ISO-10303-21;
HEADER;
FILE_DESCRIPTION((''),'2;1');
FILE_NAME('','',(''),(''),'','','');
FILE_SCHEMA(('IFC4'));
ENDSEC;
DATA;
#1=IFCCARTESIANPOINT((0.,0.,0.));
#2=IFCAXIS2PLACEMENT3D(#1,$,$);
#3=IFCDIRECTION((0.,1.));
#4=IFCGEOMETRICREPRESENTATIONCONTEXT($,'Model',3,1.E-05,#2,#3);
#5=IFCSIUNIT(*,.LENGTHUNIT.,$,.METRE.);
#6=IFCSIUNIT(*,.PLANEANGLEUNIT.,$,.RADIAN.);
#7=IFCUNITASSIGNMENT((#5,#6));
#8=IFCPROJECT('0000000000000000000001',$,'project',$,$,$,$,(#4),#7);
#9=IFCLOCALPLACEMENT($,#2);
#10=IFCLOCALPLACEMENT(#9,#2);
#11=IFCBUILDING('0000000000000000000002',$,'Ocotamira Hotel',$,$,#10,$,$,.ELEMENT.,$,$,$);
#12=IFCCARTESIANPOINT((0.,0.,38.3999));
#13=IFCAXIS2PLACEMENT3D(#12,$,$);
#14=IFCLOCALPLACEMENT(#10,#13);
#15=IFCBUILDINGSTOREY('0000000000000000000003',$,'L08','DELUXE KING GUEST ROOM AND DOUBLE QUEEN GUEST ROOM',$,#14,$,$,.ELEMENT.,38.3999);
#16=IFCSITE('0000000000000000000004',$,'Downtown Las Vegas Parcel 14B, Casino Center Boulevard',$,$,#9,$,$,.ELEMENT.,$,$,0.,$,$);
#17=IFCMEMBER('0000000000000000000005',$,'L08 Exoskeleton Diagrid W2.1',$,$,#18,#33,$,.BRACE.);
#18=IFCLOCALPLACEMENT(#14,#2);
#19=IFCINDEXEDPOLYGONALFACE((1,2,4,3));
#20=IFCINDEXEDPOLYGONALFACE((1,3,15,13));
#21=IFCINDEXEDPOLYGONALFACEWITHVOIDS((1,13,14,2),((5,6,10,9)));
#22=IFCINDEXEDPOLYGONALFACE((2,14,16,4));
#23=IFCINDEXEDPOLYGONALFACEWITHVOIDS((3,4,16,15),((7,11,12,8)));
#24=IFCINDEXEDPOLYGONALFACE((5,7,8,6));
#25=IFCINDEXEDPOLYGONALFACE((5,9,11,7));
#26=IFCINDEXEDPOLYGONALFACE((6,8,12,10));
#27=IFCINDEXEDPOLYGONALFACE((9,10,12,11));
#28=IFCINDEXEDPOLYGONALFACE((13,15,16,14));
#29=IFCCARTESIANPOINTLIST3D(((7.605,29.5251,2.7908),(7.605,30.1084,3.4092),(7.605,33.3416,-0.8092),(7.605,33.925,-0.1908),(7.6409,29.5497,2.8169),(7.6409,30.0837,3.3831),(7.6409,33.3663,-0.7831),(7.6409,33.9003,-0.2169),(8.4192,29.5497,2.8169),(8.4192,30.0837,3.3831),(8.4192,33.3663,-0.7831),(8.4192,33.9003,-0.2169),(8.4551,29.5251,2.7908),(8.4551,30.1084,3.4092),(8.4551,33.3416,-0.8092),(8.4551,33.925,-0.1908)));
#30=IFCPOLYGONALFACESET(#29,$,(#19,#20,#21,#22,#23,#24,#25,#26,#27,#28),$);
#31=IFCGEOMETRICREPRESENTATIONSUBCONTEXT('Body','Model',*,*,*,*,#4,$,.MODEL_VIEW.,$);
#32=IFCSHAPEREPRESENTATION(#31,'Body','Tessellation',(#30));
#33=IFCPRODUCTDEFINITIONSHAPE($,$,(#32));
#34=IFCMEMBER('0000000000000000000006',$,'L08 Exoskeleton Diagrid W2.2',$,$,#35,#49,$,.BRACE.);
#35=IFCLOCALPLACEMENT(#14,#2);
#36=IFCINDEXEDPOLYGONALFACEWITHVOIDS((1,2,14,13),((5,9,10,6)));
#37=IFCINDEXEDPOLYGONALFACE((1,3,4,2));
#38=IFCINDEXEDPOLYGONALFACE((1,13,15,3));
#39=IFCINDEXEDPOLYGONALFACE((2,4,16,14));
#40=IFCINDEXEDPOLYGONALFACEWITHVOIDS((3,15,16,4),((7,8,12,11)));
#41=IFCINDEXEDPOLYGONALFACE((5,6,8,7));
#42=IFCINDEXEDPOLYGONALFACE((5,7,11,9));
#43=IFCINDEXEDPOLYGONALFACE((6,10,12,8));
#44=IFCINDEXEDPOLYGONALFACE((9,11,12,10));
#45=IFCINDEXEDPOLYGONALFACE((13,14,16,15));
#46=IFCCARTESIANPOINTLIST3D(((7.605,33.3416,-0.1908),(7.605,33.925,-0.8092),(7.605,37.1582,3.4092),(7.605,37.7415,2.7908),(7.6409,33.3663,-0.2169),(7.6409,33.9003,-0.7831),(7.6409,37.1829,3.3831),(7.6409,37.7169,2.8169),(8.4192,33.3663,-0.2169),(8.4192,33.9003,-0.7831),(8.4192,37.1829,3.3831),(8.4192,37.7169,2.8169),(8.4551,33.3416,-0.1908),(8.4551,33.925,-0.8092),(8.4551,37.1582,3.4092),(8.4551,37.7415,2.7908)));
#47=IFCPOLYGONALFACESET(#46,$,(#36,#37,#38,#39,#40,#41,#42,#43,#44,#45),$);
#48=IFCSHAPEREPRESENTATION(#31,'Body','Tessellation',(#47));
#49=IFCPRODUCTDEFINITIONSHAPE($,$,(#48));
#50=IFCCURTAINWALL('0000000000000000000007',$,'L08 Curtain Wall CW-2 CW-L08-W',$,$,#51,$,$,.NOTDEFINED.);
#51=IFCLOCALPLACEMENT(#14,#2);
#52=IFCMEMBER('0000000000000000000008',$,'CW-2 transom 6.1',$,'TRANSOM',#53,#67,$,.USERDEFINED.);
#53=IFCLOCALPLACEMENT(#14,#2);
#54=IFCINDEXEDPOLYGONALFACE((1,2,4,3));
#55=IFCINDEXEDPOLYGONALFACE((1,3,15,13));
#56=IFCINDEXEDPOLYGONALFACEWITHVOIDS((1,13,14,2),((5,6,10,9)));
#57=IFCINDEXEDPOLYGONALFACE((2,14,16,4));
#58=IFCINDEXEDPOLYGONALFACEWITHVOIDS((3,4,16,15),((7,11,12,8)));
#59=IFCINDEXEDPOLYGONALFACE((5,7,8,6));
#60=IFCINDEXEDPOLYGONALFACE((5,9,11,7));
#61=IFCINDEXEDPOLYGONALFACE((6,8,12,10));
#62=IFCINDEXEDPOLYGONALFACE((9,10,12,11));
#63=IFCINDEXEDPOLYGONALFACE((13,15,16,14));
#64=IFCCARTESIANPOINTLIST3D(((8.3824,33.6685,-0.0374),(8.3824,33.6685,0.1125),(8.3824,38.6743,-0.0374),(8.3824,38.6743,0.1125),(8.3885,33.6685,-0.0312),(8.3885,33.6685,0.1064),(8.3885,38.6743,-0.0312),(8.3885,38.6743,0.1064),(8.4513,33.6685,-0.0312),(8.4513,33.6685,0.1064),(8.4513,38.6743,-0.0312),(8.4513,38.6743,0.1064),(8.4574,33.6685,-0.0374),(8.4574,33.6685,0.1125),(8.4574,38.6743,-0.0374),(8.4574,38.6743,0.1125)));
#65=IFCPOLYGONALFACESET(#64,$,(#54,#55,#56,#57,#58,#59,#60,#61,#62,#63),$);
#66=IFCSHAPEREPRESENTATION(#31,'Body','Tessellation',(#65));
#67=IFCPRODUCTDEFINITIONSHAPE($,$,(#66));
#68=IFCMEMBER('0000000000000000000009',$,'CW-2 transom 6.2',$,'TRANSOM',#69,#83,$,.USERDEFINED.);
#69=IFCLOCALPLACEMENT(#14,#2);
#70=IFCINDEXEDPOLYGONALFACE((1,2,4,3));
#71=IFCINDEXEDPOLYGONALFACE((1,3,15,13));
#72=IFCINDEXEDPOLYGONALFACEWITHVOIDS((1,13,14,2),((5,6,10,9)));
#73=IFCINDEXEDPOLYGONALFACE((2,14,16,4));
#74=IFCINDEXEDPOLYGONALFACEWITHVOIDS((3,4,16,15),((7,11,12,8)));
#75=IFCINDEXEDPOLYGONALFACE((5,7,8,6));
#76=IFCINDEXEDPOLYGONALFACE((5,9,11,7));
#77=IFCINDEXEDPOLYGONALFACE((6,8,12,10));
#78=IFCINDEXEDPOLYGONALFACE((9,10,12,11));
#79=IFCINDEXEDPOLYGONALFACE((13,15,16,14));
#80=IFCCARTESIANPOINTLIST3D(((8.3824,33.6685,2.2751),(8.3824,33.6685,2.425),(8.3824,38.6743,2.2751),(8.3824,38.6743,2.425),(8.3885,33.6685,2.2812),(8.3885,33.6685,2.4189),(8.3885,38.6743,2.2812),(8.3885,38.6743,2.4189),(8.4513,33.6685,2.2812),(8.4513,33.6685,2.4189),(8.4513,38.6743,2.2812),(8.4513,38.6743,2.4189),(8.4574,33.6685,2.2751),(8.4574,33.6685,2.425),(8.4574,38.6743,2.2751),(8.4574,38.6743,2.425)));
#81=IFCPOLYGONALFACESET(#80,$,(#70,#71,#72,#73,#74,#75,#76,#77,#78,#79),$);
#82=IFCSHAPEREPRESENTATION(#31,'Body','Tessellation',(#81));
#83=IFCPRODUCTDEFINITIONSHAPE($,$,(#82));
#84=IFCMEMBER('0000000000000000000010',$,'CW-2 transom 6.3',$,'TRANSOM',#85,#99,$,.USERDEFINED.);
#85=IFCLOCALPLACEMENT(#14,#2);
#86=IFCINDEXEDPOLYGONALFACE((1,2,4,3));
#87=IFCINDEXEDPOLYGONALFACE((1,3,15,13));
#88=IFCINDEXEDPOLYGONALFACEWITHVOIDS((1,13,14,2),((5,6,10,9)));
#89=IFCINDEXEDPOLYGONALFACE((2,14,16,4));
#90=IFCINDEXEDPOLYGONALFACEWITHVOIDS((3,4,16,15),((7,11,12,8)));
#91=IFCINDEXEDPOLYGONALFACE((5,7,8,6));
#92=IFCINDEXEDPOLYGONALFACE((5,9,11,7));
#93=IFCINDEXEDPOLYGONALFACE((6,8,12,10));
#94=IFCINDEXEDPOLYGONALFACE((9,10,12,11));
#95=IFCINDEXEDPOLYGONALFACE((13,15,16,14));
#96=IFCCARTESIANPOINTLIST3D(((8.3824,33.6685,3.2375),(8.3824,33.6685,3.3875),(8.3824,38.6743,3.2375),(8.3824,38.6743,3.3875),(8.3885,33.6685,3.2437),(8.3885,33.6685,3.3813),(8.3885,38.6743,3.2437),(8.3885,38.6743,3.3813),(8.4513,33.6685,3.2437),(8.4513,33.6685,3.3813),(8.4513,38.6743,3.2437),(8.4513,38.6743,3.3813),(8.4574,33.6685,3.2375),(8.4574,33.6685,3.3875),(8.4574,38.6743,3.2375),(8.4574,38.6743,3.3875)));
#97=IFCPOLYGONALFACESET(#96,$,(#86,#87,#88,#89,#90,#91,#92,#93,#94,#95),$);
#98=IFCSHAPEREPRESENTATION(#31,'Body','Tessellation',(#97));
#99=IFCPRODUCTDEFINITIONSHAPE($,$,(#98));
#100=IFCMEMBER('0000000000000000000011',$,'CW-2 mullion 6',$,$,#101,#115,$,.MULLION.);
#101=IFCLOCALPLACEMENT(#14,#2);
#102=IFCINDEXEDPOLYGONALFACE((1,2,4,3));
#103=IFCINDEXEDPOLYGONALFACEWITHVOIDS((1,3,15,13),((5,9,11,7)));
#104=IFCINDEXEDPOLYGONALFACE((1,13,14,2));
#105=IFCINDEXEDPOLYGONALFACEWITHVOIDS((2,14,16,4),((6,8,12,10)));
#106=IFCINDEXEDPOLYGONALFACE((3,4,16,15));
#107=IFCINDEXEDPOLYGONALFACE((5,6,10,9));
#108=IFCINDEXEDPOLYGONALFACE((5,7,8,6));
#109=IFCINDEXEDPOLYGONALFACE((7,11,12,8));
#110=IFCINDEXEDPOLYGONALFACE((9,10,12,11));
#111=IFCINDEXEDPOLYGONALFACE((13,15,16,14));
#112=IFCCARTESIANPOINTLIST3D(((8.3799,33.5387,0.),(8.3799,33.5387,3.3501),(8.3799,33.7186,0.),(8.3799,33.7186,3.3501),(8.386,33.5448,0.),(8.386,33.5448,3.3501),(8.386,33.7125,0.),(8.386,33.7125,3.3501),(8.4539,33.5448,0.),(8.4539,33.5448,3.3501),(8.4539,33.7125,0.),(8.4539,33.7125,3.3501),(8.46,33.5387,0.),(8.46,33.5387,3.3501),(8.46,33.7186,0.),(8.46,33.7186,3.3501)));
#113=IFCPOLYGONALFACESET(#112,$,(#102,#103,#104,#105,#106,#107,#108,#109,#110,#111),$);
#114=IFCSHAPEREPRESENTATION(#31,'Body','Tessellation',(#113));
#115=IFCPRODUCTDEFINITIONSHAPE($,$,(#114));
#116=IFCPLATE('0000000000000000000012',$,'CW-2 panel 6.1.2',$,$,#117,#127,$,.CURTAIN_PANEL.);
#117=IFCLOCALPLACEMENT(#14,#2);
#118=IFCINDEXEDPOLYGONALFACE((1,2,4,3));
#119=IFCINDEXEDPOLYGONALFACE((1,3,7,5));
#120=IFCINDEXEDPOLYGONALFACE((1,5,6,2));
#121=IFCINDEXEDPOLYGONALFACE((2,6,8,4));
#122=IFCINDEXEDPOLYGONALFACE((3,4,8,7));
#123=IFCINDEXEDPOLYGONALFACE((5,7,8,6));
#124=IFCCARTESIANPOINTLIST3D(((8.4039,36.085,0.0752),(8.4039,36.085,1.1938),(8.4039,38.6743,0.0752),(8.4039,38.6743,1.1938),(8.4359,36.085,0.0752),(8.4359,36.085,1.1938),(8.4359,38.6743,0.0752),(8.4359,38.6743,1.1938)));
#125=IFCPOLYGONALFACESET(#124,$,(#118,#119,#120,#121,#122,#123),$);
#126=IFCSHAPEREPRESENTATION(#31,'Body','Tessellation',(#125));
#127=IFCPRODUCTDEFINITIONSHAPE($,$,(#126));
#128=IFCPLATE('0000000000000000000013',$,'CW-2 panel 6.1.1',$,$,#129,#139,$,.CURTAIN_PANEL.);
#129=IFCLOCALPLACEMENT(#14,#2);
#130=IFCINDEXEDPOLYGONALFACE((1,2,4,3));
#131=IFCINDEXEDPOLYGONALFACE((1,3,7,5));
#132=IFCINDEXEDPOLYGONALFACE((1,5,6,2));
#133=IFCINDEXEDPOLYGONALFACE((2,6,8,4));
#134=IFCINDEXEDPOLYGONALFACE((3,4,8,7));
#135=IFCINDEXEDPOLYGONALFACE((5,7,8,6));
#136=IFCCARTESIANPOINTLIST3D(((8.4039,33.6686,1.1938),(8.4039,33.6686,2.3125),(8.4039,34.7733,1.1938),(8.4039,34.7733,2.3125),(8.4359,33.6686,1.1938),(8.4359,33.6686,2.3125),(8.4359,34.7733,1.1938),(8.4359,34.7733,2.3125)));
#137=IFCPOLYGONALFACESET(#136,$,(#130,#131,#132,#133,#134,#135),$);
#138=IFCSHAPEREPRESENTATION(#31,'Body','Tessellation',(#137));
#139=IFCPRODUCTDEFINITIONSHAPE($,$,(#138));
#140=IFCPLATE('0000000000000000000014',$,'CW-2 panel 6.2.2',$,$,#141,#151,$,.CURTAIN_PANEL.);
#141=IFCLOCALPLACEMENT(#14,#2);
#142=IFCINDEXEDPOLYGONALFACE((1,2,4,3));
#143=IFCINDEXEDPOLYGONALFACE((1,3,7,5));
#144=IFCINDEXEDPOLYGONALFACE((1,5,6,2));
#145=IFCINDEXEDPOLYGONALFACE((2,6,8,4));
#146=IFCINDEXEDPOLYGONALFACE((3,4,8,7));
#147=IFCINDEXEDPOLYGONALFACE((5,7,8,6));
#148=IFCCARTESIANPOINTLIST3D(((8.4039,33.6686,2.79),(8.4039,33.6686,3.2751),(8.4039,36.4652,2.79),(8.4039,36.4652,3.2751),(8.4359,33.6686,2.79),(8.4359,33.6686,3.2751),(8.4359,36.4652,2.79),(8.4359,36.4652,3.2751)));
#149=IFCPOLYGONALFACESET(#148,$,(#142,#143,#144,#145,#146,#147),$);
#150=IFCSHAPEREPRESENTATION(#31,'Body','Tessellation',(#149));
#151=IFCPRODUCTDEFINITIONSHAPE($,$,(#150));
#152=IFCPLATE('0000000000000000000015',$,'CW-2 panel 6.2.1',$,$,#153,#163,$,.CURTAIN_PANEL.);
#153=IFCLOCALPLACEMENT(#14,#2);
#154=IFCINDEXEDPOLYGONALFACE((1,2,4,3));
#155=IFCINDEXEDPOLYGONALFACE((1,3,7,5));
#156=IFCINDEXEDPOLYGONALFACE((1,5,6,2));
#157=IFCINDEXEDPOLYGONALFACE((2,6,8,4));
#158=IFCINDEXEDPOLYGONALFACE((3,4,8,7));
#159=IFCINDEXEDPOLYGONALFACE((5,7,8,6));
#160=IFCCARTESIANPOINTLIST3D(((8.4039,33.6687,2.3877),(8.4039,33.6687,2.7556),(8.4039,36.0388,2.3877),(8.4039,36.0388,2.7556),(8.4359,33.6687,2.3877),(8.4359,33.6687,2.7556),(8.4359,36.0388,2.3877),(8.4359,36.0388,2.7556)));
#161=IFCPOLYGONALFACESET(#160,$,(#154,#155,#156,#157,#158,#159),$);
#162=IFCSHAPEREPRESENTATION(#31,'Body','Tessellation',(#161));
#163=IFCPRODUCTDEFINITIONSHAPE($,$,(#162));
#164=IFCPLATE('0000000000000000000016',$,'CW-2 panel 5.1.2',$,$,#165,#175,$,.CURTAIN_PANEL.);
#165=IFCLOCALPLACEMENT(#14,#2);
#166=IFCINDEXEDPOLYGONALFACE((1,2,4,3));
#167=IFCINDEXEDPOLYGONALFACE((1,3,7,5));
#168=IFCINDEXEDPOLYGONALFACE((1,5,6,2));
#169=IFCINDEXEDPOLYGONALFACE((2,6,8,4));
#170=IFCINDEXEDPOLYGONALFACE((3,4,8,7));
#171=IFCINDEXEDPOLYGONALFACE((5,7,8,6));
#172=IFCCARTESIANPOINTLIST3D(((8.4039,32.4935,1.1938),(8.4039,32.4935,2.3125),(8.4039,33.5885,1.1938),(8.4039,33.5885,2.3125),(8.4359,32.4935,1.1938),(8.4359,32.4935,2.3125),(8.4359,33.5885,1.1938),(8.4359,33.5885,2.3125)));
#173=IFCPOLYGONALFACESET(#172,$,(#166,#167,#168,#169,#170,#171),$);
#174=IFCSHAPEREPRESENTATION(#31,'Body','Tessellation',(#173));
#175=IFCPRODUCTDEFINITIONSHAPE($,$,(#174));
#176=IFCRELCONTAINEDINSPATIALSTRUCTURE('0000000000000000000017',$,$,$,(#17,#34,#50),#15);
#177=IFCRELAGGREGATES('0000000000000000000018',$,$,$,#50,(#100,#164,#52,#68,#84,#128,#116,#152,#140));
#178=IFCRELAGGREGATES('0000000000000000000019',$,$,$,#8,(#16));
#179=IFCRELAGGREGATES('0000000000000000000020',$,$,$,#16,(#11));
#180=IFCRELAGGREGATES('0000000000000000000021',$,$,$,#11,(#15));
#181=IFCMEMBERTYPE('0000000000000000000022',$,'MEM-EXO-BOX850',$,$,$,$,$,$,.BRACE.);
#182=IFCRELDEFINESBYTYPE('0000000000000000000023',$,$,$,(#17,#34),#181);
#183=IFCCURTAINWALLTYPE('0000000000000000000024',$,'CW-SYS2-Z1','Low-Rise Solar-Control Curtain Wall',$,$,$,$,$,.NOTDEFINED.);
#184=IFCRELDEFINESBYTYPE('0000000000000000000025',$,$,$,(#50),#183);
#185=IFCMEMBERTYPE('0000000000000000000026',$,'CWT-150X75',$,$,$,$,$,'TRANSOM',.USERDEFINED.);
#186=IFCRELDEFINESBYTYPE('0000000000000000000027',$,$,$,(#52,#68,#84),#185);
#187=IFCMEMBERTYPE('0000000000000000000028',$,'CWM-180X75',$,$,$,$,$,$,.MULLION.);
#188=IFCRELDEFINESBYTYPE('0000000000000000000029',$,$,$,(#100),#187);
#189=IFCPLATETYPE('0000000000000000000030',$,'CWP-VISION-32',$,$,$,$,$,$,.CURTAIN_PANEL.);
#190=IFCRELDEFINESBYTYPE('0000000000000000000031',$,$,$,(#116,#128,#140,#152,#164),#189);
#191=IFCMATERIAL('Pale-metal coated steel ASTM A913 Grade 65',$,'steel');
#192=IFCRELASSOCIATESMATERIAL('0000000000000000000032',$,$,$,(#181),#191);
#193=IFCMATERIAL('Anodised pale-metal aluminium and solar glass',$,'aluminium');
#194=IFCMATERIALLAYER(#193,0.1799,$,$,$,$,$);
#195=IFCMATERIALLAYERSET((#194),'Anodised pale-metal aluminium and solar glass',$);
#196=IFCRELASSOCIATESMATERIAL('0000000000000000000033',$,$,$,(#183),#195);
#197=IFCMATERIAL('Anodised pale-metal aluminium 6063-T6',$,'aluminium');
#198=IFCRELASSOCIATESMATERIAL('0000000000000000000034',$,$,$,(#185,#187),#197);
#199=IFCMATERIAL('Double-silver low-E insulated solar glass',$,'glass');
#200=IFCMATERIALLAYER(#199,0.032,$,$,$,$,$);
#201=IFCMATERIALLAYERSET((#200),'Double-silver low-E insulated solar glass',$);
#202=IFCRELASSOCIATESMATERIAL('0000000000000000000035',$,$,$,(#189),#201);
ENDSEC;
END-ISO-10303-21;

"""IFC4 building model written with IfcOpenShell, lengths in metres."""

from ifc_helpers import new_model, si_unit, direction, frame, origin, origin_2d, place, context, subcontext, project, spatial, rectangle, hollow_rectangle, extrude, source, transform, mapped, material, layer, layer_set, material_profile, profile_set, type_object, element, aggregate, save


model = new_model("IFC4")

# Units and contexts
model_context = context("Model", 3, precision=1e-05, world=origin(), true_north=direction((0.0, 1.0)))
body_context = subcontext(model_context, "Body", "Model", "MODEL_VIEW")
ifc_project = project(units=[si_unit("LENGTHUNIT", "METRE"), si_unit("PLANEANGLEUNIT", "RADIAN")], contexts=[model_context])

# Site, building, storey
site_placement = place(None, origin())
site = spatial("IfcSite", under=ifc_project, at=site_placement, Name="Downtown Las Vegas Parcel 14B, Casino Center Boulevard", CompositionType="ELEMENT", RefElevation=0.0)
building_placement = place(site_placement, origin())
building = spatial("IfcBuilding", under=site, at=building_placement, Name="Ocotamira Hotel", CompositionType="ELEMENT")
storey_placement = place(building_placement, frame((0.0, 0.0, 38.3999)))
storey = spatial("IfcBuildingStorey", under=building, at=storey_placement, Name="L08", Description="DELUXE KING GUEST ROOM AND DOUBLE QUEEN GUEST ROOM", CompositionType="ELEMENT", Elevation=38.3999)

# Members
ifc_material_1 = material(Name="Pale-metal coated steel ASTM A913 Grade 65", Category="steel")
ifc_material_profile_1 = material_profile(ifc_material_1, hollow_rectangle(XDim=0.8501, YDim=0.8501, WallThickness=0.0359, at=origin_2d()), Name="BOX850X850X36")
ifc_profile_set_1 = profile_set([ifc_material_profile_1], Name="Pale-metal coated steel ASTM A913 Grade 65")
member_type_1 = type_object("IfcMemberType", Name="MEM-EXO-BOX850", PredefinedType="BRACE", material=ifc_profile_set_1)
shared_shape_1 = source(origin(), body_context, "Body", "SweptSolid", [
    extrude(hollow_rectangle(XDim=0.8501, YDim=0.8501, WallThickness=0.0359, at=origin_2d()), origin(), (0.0, 0.0, 1.0), 5.2466),
])
for number, where, z_axis, x_axis, name in (
    (1, (8.03, 33.6333, -0.5), (0.0, -0.727443, 0.686168), (1.0, 0.0, 0.0), "L08 Exoskeleton Diagrid W2.1"),
    (2, (8.03, 33.6333, -0.5), (0.0, 0.727443, 0.686168), (-1.0, 0.0, 0.0), "L08 Exoskeleton Diagrid W2.2"),
):
    element("IfcMember", number, at=place(storey_placement, frame(where, z_axis=z_axis, x_axis=x_axis)), inside=storey, type_object=member_type_1, Name=name, PredefinedType="BRACE", context=body_context, shape_type="MappedRepresentation", body=[
        mapped(shared_shape_1, transform((0.0, 0.0, 0.0), scale=1.0)),
    ])

# Curtain wall, members, plates
ifc_material_2 = material(Name="Anodised pale-metal aluminium and solar glass", Category="aluminium")
ifc_layer_1 = layer(ifc_material_2, 0.1799)
ifc_layer_set_1 = layer_set([ifc_layer_1], Name="Anodised pale-metal aluminium and solar glass")
curtain_wall_type = type_object("IfcCurtainWallType", Name="CW-SYS2-Z1", Description="Low-Rise Solar-Control Curtain Wall", PredefinedType="NOTDEFINED", material=ifc_layer_set_1)
curtain_wall_placement = place(storey_placement, origin())
curtain_wall = element("IfcCurtainWall", 3, at=curtain_wall_placement, inside=storey, type_object=curtain_wall_type, Name="L08 Curtain Wall CW-2 CW-L08-W", PredefinedType="NOTDEFINED")
ifc_material_3 = material(Name="Anodised pale-metal aluminium 6063-T6", Category="aluminium")
ifc_material_profile_2 = material_profile(ifc_material_3, hollow_rectangle(XDim=0.075, YDim=0.1499, WallThickness=0.0061, at=origin_2d()), Name="HSS150X75X6")
ifc_profile_set_2 = profile_set([ifc_material_profile_2], Name="Anodised pale-metal aluminium 6063-T6")
member_type_2 = type_object("IfcMemberType", Name="CWT-150X75", ElementType="TRANSOM", PredefinedType="USERDEFINED", material=ifc_profile_set_2)
shared_shape_2 = source(origin(), body_context, "Body", "SweptSolid", [
    extrude(hollow_rectangle(XDim=0.075, YDim=0.1499, WallThickness=0.0061, at=origin_2d()), origin(), (0.0, 0.0, 1.0), 5.0059),
])
member_1_placement = place(storey_placement, frame((8.4199, 33.6685, 0.0376), z_axis=(0.0, 1.0, 0.0), x_axis=(-1.0, 0.0, 0.0)))
member_1 = element("IfcMember", 4, at=member_1_placement, type_object=member_type_2, Name="CW-2 transom 6.1", ObjectType="TRANSOM", PredefinedType="USERDEFINED", context=body_context, shape_type="MappedRepresentation", body=[
    mapped(shared_shape_2, transform((0.0, 0.0, 0.0), scale=1.0)),
])
member_2_placement = place(storey_placement, frame((8.4199, 33.6685, 2.3501), z_axis=(0.0, 1.0, 0.0), x_axis=(-1.0, 0.0, 0.0)))
member_2 = element("IfcMember", 5, at=member_2_placement, type_object=member_type_2, Name="CW-2 transom 6.2", ObjectType="TRANSOM", PredefinedType="USERDEFINED", context=body_context, shape_type="MappedRepresentation", body=[
    mapped(shared_shape_2, transform((0.0, 0.0, 0.0), scale=1.0)),
])
member_3_placement = place(storey_placement, frame((8.4199, 33.6685, 3.3125), z_axis=(0.0, 1.0, 0.0), x_axis=(-1.0, 0.0, 0.0)))
member_3 = element("IfcMember", 6, at=member_3_placement, type_object=member_type_2, Name="CW-2 transom 6.3", ObjectType="TRANSOM", PredefinedType="USERDEFINED", context=body_context, shape_type="MappedRepresentation", body=[
    mapped(shared_shape_2, transform((0.0, 0.0, 0.0), scale=1.0)),
])
ifc_material_profile_3 = material_profile(ifc_material_3, hollow_rectangle(XDim=0.0801, YDim=0.1799, WallThickness=0.0061, at=origin_2d()), Name="HSS180X80X6")
ifc_profile_set_3 = profile_set([ifc_material_profile_3], Name="Anodised pale-metal aluminium 6063-T6")
member_type_3 = type_object("IfcMemberType", Name="CWM-180X75", PredefinedType="MULLION", material=ifc_profile_set_3)
shared_shape_3 = source(origin(), body_context, "Body", "SweptSolid", [
    extrude(hollow_rectangle(XDim=0.0801, YDim=0.1799, WallThickness=0.0061, at=origin_2d()), origin(), (0.0, 0.0, 1.0), 3.3501),
])
member_4_placement = place(storey_placement, frame((8.4199, 33.6287, 0.0), z_axis=(0.0, 0.0, 1.0), x_axis=(-1.0, 0.0, 0.0)))
member_4 = element("IfcMember", 7, at=member_4_placement, type_object=member_type_3, Name="CW-2 mullion 6", PredefinedType="MULLION", context=body_context, shape_type="MappedRepresentation", body=[
    mapped(shared_shape_3, transform((0.0, 0.0, 0.0), scale=1.0)),
])
ifc_material_4 = material(Name="Double-silver low-E insulated solar glass", Category="glass")
ifc_layer_2 = layer(ifc_material_4, 0.032)
ifc_layer_set_2 = layer_set([ifc_layer_2], Name="Double-silver low-E insulated solar glass")
plate_type = type_object("IfcPlateType", Name="CWP-VISION-32", PredefinedType="CURTAIN_PANEL", material=ifc_layer_set_2)
shared_shape_4 = source(origin(), body_context, "Body", "SweptSolid", [
    extrude(rectangle(XDim=2.5894, YDim=0.032, at=origin_2d()), origin(), (0.0, 0.0, 1.0), 1.1187),
])
plate_1_placement = place(storey_placement, frame((8.4199, 37.3796, 0.0752), z_axis=(0.0, 0.0, 1.0), x_axis=(0.0, 1.0, 0.0)))
plate_1 = element("IfcPlate", 8, at=plate_1_placement, type_object=plate_type, Name="CW-2 panel 6.1.2", PredefinedType="CURTAIN_PANEL", context=body_context, shape_type="MappedRepresentation", body=[
    mapped(shared_shape_4, transform((0.0, 0.0, 0.0), scale=1.0)),
])
shared_shape_5 = source(origin(), body_context, "Body", "SweptSolid", [
    extrude(rectangle(XDim=1.1047, YDim=0.032, at=origin_2d()), origin(), (0.0, 0.0, 1.0), 1.1187),
])
plate_2_placement = place(storey_placement, frame((8.4199, 34.2209, 1.1938), z_axis=(0.0, 0.0, 1.0), x_axis=(0.0, 1.0, 0.0)))
plate_2 = element("IfcPlate", 9, at=plate_2_placement, type_object=plate_type, Name="CW-2 panel 6.1.1", PredefinedType="CURTAIN_PANEL", context=body_context, shape_type="MappedRepresentation", body=[
    mapped(shared_shape_5, transform((0.0, 0.0, 0.0), scale=1.0)),
])
shared_shape_6 = source(origin(), body_context, "Body", "SweptSolid", [
    extrude(rectangle(XDim=2.7966, YDim=0.032, at=origin_2d()), origin(), (0.0, 0.0, 1.0), 0.4851),
])
plate_3_placement = place(storey_placement, frame((8.4199, 35.0669, 2.79), z_axis=(0.0, 0.0, 1.0), x_axis=(0.0, 1.0, 0.0)))
plate_3 = element("IfcPlate", 10, at=plate_3_placement, type_object=plate_type, Name="CW-2 panel 6.2.2", PredefinedType="CURTAIN_PANEL", context=body_context, shape_type="MappedRepresentation", body=[
    mapped(shared_shape_6, transform((0.0, 0.0, 0.0), scale=1.0)),
])
shared_shape_7 = source(origin(), body_context, "Body", "SweptSolid", [
    extrude(rectangle(XDim=2.3701, YDim=0.032, at=origin_2d()), origin(), (0.0, 0.0, 1.0), 0.3679),
])
plate_4_placement = place(storey_placement, frame((8.4199, 34.8538, 2.3877), z_axis=(0.0, 0.0, 1.0), x_axis=(0.0, 1.0, 0.0)))
plate_4 = element("IfcPlate", 11, at=plate_4_placement, type_object=plate_type, Name="CW-2 panel 6.2.1", PredefinedType="CURTAIN_PANEL", context=body_context, shape_type="MappedRepresentation", body=[
    mapped(shared_shape_7, transform((0.0, 0.0, 0.0), scale=1.0)),
])
shared_shape_8 = source(origin(), body_context, "Body", "SweptSolid", [
    extrude(rectangle(XDim=1.095, YDim=0.032, at=origin_2d()), origin(), (0.0, 0.0, 1.0), 1.1187),
])
plate_5_placement = place(storey_placement, frame((8.4199, 33.041, 1.1938), z_axis=(0.0, 0.0, 1.0), x_axis=(0.0, 1.0, 0.0)))
plate_5 = element("IfcPlate", 12, at=plate_5_placement, type_object=plate_type, Name="CW-2 panel 5.1.2", PredefinedType="CURTAIN_PANEL", context=body_context, shape_type="MappedRepresentation", body=[
    mapped(shared_shape_8, transform((0.0, 0.0, 0.0), scale=1.0)),
])
aggregate(curtain_wall, [member_4, plate_5, member_1, member_2, member_3, plate_2, plate_1, plate_4, plate_3])

save(model, "model.ifc")
